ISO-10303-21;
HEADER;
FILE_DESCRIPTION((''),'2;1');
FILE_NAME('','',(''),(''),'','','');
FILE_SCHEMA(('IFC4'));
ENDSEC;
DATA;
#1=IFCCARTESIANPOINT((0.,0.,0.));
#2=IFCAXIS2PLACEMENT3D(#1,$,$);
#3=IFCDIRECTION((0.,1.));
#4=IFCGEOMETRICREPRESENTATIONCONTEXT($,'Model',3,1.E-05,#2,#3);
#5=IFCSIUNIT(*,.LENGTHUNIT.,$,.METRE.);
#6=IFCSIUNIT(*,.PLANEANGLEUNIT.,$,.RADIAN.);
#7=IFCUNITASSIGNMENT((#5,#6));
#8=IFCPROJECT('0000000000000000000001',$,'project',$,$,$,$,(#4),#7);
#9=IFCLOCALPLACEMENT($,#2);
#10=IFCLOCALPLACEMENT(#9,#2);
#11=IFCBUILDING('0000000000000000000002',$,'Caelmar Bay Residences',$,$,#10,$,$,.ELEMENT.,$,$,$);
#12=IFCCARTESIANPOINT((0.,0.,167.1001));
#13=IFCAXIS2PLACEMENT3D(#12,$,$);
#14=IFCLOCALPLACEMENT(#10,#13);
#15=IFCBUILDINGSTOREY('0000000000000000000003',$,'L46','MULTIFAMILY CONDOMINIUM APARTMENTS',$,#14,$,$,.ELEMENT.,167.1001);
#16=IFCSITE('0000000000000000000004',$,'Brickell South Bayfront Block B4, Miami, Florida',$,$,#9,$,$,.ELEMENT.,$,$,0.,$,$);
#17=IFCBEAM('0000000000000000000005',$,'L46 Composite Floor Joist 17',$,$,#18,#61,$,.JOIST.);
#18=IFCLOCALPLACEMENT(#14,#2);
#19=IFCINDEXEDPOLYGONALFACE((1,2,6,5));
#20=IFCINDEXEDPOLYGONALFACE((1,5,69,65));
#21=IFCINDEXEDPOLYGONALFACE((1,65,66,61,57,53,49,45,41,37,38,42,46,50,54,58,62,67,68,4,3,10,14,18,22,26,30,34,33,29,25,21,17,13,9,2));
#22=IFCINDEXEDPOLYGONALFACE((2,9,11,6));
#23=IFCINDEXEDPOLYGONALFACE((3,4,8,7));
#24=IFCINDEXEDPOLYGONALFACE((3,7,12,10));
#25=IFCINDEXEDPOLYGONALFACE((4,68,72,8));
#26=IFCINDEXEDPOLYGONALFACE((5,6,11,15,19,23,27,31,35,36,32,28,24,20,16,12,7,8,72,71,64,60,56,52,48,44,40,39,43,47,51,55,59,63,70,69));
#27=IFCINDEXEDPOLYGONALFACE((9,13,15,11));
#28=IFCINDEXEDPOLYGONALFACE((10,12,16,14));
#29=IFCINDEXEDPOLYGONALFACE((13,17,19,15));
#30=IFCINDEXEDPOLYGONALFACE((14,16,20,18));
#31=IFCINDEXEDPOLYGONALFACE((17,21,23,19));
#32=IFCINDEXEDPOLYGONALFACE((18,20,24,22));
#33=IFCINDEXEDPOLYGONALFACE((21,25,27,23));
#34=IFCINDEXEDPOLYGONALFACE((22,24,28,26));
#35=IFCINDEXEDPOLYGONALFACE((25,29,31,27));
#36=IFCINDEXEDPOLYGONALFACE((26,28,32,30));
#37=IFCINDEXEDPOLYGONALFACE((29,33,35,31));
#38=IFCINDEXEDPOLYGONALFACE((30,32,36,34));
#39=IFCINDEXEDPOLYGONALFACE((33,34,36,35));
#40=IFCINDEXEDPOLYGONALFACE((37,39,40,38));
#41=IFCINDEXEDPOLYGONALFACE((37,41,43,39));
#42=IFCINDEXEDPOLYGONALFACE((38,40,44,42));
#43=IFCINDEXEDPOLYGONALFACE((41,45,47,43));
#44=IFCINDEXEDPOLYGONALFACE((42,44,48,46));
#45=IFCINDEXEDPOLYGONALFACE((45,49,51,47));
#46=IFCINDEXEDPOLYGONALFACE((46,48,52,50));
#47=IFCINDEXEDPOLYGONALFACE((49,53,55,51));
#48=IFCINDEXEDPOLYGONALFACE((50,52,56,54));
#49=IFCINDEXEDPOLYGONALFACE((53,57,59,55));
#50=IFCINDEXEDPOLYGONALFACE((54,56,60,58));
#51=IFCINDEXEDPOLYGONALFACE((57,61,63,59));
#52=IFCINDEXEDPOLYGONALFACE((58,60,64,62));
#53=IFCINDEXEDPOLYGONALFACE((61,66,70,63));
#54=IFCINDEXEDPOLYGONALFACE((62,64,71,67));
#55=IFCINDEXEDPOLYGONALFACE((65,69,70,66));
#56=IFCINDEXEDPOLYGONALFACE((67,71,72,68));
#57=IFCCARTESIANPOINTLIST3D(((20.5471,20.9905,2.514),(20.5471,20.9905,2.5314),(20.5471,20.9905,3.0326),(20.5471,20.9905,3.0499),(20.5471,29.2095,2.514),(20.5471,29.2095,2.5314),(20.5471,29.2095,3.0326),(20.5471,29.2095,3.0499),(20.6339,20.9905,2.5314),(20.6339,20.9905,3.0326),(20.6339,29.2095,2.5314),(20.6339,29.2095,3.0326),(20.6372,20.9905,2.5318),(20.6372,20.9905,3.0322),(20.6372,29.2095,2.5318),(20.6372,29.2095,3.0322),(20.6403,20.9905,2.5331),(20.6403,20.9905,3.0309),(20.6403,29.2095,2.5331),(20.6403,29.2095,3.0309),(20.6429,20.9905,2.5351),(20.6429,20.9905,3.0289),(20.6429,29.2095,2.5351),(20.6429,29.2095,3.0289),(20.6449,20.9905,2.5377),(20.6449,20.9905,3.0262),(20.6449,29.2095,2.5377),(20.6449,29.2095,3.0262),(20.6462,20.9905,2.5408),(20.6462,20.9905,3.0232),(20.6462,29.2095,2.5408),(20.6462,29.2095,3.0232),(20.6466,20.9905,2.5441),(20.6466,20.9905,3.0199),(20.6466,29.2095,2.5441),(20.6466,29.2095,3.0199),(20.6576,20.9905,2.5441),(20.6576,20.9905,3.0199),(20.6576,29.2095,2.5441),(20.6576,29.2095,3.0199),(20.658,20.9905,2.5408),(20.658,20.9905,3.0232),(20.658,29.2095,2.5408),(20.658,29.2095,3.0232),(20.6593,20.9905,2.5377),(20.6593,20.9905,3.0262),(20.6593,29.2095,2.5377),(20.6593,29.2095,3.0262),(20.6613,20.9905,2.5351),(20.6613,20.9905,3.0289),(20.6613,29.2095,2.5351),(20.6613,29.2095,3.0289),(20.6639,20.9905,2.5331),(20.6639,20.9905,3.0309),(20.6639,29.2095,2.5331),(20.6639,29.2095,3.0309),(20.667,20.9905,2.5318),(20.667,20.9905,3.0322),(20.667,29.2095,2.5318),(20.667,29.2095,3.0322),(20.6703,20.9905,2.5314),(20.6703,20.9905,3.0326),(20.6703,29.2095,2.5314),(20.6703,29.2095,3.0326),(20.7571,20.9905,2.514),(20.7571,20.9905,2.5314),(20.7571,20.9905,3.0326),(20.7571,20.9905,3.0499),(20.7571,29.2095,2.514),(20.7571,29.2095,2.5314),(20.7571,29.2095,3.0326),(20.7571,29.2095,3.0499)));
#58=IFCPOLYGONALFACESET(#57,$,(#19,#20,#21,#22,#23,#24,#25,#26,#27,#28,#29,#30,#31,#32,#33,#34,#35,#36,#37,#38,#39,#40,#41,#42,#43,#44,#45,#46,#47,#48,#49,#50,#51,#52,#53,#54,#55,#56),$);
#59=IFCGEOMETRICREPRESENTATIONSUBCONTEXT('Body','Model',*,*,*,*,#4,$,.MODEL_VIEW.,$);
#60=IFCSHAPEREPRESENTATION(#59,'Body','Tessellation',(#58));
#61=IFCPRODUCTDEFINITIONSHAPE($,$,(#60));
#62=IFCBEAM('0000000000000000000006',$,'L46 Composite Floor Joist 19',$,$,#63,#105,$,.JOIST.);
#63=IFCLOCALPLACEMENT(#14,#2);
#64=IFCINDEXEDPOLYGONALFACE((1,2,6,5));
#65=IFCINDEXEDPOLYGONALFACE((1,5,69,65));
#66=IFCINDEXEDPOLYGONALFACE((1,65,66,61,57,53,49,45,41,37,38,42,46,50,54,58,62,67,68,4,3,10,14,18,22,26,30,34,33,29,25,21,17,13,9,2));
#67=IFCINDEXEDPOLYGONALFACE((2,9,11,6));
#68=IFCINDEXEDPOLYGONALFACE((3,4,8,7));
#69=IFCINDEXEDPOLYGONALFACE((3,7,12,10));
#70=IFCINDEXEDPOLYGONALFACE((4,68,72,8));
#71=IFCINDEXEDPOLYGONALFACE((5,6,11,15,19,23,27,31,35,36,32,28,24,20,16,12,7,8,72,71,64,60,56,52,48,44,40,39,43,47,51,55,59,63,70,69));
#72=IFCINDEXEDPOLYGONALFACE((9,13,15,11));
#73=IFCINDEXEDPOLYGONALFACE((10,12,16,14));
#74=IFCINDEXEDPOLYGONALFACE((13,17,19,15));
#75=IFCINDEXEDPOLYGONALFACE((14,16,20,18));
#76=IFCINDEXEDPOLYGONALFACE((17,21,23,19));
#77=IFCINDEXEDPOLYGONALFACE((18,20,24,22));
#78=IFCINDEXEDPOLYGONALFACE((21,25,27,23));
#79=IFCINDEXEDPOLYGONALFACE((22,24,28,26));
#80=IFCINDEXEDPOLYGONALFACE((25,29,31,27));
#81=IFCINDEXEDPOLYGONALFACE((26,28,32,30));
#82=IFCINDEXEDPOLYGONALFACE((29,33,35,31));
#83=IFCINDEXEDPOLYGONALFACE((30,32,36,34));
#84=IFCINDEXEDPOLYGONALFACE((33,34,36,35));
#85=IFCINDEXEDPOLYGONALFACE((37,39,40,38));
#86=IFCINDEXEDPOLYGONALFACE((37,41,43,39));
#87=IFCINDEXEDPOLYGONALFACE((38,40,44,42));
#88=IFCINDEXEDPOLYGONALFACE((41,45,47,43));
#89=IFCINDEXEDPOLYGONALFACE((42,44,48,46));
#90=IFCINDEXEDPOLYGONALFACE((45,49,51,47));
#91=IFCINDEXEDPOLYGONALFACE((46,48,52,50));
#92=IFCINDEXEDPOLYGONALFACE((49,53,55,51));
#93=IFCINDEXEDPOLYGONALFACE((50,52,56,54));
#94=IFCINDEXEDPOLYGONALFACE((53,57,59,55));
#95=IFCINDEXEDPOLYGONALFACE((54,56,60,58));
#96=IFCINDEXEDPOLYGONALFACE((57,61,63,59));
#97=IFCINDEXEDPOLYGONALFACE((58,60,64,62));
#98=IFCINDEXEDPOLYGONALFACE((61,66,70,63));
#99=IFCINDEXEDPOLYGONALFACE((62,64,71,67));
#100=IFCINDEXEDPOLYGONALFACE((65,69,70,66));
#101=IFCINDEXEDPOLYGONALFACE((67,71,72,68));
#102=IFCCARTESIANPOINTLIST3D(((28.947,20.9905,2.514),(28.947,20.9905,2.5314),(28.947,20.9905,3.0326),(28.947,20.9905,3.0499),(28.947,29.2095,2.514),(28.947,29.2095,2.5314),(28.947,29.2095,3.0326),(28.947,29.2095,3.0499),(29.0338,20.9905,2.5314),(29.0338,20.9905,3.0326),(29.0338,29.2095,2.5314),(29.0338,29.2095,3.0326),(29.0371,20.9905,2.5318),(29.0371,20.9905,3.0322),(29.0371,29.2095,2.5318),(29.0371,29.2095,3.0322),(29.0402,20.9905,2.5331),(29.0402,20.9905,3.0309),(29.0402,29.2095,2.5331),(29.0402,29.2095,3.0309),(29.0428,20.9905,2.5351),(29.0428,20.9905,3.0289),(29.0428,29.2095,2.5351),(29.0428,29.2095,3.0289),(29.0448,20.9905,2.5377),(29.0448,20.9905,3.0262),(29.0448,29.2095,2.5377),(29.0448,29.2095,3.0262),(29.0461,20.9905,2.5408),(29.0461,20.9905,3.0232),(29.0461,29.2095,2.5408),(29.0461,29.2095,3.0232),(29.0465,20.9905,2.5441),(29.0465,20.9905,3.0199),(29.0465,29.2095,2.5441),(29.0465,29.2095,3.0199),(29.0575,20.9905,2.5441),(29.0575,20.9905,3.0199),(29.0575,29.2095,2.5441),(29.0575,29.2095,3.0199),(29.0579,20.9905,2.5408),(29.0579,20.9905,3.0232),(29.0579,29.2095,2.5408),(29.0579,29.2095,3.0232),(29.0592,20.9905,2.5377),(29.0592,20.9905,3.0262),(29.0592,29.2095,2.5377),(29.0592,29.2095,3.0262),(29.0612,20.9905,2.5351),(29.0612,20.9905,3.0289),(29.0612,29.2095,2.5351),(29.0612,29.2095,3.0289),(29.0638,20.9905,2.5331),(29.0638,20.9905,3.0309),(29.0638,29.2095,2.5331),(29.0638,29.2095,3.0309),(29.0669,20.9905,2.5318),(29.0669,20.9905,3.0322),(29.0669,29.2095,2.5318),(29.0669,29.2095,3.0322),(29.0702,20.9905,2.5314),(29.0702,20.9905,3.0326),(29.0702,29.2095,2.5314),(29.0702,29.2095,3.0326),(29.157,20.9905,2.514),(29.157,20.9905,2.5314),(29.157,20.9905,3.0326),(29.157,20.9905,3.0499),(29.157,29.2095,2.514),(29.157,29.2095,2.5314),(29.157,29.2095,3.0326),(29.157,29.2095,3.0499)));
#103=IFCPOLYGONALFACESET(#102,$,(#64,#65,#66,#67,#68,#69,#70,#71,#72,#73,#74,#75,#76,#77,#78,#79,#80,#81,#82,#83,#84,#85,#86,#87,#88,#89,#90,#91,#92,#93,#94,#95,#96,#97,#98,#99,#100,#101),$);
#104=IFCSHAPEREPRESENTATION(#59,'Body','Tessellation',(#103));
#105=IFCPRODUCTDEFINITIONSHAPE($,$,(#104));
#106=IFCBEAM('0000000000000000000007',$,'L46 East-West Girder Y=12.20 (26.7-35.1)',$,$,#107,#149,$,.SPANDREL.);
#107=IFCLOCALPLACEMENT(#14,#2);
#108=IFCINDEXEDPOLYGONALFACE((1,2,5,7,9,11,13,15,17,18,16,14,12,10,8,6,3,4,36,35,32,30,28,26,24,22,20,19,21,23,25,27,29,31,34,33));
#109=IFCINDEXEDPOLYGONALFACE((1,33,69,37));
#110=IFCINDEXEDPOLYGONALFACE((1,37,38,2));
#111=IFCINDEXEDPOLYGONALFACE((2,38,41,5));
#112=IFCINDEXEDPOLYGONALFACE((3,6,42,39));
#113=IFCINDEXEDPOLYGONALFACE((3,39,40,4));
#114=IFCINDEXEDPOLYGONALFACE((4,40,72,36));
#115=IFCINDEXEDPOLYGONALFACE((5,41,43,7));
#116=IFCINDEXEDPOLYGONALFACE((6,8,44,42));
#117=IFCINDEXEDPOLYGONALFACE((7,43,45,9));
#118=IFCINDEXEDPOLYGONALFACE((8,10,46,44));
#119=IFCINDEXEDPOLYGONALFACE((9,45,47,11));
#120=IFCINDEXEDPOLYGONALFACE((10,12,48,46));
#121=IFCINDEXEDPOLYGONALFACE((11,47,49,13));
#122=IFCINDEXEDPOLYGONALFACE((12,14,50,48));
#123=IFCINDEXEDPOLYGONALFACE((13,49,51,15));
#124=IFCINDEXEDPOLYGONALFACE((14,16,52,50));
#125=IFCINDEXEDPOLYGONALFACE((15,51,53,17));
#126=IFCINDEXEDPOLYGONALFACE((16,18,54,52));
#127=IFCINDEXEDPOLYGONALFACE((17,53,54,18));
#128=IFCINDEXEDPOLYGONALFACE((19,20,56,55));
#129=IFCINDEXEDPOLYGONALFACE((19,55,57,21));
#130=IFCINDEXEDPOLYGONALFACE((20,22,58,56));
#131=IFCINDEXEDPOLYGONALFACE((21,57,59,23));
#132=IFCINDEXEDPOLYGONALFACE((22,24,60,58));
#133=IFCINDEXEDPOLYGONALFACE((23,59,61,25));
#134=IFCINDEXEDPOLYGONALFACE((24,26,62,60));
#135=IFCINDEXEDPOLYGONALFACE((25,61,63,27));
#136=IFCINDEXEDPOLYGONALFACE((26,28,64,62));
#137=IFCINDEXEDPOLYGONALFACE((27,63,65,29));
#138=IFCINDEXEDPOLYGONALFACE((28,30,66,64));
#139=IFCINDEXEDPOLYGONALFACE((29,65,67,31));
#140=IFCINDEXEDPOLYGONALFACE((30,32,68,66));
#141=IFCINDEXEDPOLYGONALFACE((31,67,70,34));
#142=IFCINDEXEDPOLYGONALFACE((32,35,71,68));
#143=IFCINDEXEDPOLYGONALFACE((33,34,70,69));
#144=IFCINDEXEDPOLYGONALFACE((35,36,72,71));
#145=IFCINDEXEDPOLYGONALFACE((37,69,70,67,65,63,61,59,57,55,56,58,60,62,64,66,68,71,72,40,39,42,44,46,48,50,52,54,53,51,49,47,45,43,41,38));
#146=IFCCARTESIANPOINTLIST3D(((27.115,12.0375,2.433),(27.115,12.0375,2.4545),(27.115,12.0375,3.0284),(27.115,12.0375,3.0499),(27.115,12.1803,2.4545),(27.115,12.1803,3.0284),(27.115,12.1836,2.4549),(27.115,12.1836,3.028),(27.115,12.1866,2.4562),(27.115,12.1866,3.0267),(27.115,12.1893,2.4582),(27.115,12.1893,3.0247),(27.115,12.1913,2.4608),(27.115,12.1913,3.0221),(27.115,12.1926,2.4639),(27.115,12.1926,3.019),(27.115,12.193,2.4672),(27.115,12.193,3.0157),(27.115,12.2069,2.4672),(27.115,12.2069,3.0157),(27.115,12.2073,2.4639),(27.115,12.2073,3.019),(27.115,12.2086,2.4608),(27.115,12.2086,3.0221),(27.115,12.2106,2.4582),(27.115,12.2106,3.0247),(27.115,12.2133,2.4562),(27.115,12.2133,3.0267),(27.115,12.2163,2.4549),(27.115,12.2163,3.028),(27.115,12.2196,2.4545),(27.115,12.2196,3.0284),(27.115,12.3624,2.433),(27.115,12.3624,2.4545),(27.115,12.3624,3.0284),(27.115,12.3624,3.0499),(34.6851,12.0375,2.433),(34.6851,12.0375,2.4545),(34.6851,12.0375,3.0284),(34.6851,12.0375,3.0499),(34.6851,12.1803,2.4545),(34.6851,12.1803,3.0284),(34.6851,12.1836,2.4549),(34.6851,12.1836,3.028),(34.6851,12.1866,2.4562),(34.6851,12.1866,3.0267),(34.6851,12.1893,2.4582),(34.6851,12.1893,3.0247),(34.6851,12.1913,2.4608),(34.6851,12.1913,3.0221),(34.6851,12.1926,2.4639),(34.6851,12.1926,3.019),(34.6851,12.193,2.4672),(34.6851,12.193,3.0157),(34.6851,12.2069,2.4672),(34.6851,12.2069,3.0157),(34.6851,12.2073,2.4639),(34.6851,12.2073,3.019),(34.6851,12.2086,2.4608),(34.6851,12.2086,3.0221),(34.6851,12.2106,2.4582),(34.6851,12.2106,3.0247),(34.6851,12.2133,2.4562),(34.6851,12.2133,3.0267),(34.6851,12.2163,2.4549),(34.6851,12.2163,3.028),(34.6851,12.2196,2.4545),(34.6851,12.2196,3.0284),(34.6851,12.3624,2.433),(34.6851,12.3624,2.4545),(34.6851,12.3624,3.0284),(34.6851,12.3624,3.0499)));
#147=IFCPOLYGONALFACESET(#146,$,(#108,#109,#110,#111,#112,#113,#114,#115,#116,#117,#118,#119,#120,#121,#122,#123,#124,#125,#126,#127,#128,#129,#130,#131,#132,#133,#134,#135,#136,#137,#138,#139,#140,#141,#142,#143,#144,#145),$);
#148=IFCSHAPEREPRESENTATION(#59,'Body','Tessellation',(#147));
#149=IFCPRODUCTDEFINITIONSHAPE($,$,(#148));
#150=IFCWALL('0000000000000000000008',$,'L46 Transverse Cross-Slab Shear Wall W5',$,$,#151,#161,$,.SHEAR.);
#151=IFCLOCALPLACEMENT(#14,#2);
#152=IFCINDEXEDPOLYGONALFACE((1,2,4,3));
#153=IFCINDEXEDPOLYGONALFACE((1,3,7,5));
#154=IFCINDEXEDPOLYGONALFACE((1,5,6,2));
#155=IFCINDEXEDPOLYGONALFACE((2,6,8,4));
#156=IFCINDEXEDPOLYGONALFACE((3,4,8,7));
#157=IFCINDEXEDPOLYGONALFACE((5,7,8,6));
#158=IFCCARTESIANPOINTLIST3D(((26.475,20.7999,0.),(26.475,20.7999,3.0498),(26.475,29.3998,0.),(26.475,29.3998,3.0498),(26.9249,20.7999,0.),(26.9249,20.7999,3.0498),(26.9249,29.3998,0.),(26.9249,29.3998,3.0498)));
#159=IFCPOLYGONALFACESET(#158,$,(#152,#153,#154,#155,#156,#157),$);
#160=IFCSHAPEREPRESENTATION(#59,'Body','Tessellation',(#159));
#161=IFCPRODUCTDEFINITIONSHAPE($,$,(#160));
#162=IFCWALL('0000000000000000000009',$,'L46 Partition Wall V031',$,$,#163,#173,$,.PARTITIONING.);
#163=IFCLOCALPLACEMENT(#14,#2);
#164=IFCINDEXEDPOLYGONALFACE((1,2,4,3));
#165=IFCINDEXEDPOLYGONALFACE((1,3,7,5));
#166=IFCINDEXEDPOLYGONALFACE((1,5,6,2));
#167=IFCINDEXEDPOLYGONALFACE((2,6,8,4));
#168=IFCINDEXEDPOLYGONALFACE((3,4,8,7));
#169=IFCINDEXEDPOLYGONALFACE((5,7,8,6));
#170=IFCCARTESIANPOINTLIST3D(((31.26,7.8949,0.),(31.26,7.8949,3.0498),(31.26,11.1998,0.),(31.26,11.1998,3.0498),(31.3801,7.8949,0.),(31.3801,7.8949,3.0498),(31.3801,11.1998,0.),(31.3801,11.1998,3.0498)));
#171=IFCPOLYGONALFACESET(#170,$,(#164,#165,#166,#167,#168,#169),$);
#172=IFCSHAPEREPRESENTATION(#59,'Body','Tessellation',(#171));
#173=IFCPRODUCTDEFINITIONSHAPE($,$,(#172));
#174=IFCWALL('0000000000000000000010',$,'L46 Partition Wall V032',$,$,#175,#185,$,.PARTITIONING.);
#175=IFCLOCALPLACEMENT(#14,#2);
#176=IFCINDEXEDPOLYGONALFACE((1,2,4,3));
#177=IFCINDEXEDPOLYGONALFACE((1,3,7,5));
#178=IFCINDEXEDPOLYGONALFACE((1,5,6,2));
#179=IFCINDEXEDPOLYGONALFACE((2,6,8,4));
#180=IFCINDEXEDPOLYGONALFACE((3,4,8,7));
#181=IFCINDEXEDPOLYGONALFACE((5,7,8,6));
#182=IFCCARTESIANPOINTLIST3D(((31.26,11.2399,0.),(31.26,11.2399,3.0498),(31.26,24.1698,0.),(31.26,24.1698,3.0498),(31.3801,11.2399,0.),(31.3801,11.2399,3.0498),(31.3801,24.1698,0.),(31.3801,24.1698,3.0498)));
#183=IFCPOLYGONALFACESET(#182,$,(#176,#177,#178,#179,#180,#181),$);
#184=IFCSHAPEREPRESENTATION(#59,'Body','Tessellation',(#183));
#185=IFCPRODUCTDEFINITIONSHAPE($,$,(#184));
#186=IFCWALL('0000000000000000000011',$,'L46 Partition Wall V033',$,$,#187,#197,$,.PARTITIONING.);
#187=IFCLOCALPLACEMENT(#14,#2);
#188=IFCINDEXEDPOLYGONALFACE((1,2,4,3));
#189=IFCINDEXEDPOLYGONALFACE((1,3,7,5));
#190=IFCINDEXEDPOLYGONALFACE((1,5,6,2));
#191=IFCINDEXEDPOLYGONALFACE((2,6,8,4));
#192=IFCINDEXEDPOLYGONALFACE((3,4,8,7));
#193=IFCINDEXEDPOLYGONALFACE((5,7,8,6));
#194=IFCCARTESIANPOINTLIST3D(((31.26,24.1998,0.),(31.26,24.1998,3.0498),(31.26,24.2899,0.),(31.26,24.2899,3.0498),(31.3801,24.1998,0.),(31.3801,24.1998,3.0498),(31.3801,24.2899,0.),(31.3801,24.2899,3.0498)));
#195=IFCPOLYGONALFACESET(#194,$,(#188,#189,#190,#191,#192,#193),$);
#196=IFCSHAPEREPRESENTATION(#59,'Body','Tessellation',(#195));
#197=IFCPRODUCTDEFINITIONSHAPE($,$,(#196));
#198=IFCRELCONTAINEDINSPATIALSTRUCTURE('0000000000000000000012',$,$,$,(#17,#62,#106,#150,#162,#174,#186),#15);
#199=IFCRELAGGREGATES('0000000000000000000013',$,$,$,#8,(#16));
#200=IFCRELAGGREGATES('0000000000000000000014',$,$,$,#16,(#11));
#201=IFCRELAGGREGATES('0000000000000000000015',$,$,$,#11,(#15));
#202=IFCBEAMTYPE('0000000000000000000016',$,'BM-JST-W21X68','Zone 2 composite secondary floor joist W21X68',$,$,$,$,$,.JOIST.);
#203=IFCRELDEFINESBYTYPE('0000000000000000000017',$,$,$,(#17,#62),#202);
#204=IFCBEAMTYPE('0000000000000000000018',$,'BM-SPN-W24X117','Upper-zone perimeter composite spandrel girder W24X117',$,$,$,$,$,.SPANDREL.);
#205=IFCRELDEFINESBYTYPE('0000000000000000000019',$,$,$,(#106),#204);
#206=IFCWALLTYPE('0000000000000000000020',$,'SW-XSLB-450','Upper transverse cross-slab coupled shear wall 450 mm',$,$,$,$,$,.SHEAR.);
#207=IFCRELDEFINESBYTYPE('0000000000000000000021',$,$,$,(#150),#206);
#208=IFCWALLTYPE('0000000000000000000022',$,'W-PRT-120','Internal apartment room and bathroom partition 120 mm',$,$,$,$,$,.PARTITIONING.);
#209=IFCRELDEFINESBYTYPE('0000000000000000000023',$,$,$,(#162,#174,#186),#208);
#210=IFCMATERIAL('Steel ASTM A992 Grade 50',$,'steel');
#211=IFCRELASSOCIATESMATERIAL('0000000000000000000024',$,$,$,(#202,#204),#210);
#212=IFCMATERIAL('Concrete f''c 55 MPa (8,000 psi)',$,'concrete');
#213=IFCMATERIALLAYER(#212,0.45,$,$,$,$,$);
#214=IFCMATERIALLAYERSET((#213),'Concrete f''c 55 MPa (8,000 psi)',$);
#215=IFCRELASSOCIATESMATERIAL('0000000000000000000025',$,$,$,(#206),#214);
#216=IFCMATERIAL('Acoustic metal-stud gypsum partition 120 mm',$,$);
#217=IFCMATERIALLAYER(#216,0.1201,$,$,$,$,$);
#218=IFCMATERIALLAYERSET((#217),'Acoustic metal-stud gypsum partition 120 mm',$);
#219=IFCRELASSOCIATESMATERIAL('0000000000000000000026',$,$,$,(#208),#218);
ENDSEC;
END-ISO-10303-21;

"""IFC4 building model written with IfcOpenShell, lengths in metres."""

from ifc_helpers import new_model, si_unit, direction, frame, frame_2d, origin, origin_2d, place, context, subcontext, project, spatial, rectangle, i_section, extrude, material, layer, layer_set, material_profile, profile_set, type_object, element, save


model = new_model("IFC4")

# Units and contexts
model_context = context("Model", 3, precision=1e-05, world=origin(), true_north=direction((0.0, 1.0)))
body_context = subcontext(model_context, "Body", "Model", "MODEL_VIEW")
ifc_project = project(units=[si_unit("LENGTHUNIT", "METRE"), si_unit("PLANEANGLEUNIT", "RADIAN")], contexts=[model_context])

# Site, building, storey
site_placement = place(None, origin())
site = spatial("IfcSite", under=ifc_project, at=site_placement, Name="Brickell South Bayfront Block B4, Miami, Florida", CompositionType="ELEMENT", RefElevation=0.0)
building_placement = place(site_placement, origin())
building = spatial("IfcBuilding", under=site, at=building_placement, Name="Caelmar Bay Residences", CompositionType="ELEMENT")
storey_placement = place(building_placement, frame((0.0, 0.0, 167.1001)))
storey = spatial("IfcBuildingStorey", under=building, at=storey_placement, Name="L46", Description="MULTIFAMILY CONDOMINIUM APARTMENTS", CompositionType="ELEMENT", Elevation=167.1001)

# Shared definitions
ifc_material_1 = material(Name="Concrete f'c 55 MPa (8,000 psi)", Category="concrete")

# Beams
ifc_material_2 = material(Name="Steel ASTM A992 Grade 50", Category="steel")
ifc_material_profile_1 = material_profile(ifc_material_2, i_section(OverallWidth=0.21, OverallDepth=0.5359, WebThickness=0.011, FlangeThickness=0.0173, FilletRadius=0.0127, at=origin_2d()), Name="W21X68")
ifc_profile_set_1 = profile_set([ifc_material_profile_1], Name="Steel ASTM A992 Grade 50")
beam_type_1 = type_object("IfcBeamType", Name="BM-JST-W21X68", Description="Zone 2 composite secondary floor joist W21X68", PredefinedType="JOIST", material=ifc_profile_set_1)
for number, where, z_axis, x_axis, name in (
    (1, (20.6521, 20.9905, 2.782), (0.0, 1.0, 0.0), (-1.0, 0.0, 0.0), "L46 Composite Floor Joist 17"),
    (2, (29.052, 20.9905, 2.782), (0.0, 1.0, 0.0), (-1.0, 0.0, 0.0), "L46 Composite Floor Joist 19"),
):
    element("IfcBeam", number, at=place(storey_placement, frame(where, z_axis=z_axis, x_axis=x_axis)), inside=storey, type_object=beam_type_1, Name=name, PredefinedType="JOIST", context=body_context, shape_type="SweptSolid", body=[
        extrude(i_section(OverallWidth=0.21, OverallDepth=0.5359, WebThickness=0.011, FlangeThickness=0.0173, FilletRadius=0.0127, at=origin_2d()), origin(), (0.0, 0.0, 1.0), 8.219),
    ])
ifc_material_profile_2 = material_profile(ifc_material_2, i_section(OverallWidth=0.325, OverallDepth=0.6169, WebThickness=0.0139, FlangeThickness=0.0215, FilletRadius=0.0127, at=origin_2d()), Name="W24X117")
ifc_profile_set_2 = profile_set([ifc_material_profile_2], Name="Steel ASTM A992 Grade 50")
beam_type_2 = type_object("IfcBeamType", Name="BM-SPN-W24X117", Description="Upper-zone perimeter composite spandrel girder W24X117", PredefinedType="SPANDREL", material=ifc_profile_set_2)
beam_1_placement = place(storey_placement, frame((27.115, 12.2, 2.7415), z_axis=(1.0, 0.0, 0.0), x_axis=(0.0, 1.0, 0.0)))
element("IfcBeam", 3, at=beam_1_placement, inside=storey, type_object=beam_type_2, Name="L46 East-West Girder Y=12.20 (26.7-35.1)", PredefinedType="SPANDREL", context=body_context, shape_type="SweptSolid", body=[
    extrude(i_section(OverallWidth=0.325, OverallDepth=0.6169, WebThickness=0.0139, FlangeThickness=0.0215, FilletRadius=0.0127, at=origin_2d()), origin(), (0.0, 0.0, 1.0), 7.5701),
])

# Walls
ifc_layer_1 = layer(ifc_material_1, 0.45)
ifc_layer_set_1 = layer_set([ifc_layer_1], Name="Concrete f'c 55 MPa (8,000 psi)")
wall_type_1 = type_object("IfcWallType", Name="SW-XSLB-450", Description="Upper transverse cross-slab coupled shear wall 450 mm", PredefinedType="SHEAR", material=ifc_layer_set_1)
wall_1_placement = place(storey_placement, frame((26.7, 20.8, 0.0), z_axis=(0.0, 0.0, 1.0), x_axis=(0.0, 1.0, 0.0)))
element("IfcWall", 4, at=wall_1_placement, inside=storey, type_object=wall_type_1, Name="L46 Transverse Cross-Slab Shear Wall W5", PredefinedType="SHEAR", context=body_context, shape_type="SweptSolid", body=[
    extrude(rectangle(XDim=8.5999, YDim=0.45, at=frame_2d((4.2998, 0.0))), origin(), (0.0, 0.0, 1.0), 3.0498),
])
ifc_material_3 = material(Name="Acoustic metal-stud gypsum partition 120 mm")
ifc_layer_2 = layer(ifc_material_3, 0.1201)
ifc_layer_set_2 = layer_set([ifc_layer_2], Name="Acoustic metal-stud gypsum partition 120 mm")
wall_type_2 = type_object("IfcWallType", Name="W-PRT-120", Description="Internal apartment room and bathroom partition 120 mm", PredefinedType="PARTITIONING", material=ifc_layer_set_2)
wall_2_placement = place(storey_placement, frame((31.3201, 7.895, 0.0), z_axis=(0.0, 0.0, 1.0), x_axis=(0.0, 1.0, 0.0)))
element("IfcWall", 5, at=wall_2_placement, inside=storey, type_object=wall_type_2, Name="L46 Partition Wall V031", PredefinedType="PARTITIONING", context=body_context, shape_type="SweptSolid", body=[
    extrude(rectangle(XDim=3.3049, YDim=0.1201, at=frame_2d((1.6523, 0.0))), origin(), (0.0, 0.0, 1.0), 3.0498),
])
wall_3_placement = place(storey_placement, frame((31.3201, 11.24, 0.0), z_axis=(0.0, 0.0, 1.0), x_axis=(0.0, 1.0, 0.0)))
element("IfcWall", 6, at=wall_3_placement, inside=storey, type_object=wall_type_2, Name="L46 Partition Wall V032", PredefinedType="PARTITIONING", context=body_context, shape_type="SweptSolid", body=[
    extrude(rectangle(XDim=12.9299, YDim=0.1201, at=frame_2d((6.4648, 0.0))), origin(), (0.0, 0.0, 1.0), 3.0498),
])
wall_4_placement = place(storey_placement, frame((31.3201, 24.2, 0.0), z_axis=(0.0, 0.0, 1.0), x_axis=(0.0, 1.0, 0.0)))
element("IfcWall", 7, at=wall_4_placement, inside=storey, type_object=wall_type_2, Name="L46 Partition Wall V033", PredefinedType="PARTITIONING", context=body_context, shape_type="SweptSolid", body=[
    extrude(rectangle(XDim=0.0901, YDim=0.1201, at=frame_2d((0.0449, 0.0))), origin(), (0.0, 0.0, 1.0), 3.0498),
])

save(model, "model.ifc")
